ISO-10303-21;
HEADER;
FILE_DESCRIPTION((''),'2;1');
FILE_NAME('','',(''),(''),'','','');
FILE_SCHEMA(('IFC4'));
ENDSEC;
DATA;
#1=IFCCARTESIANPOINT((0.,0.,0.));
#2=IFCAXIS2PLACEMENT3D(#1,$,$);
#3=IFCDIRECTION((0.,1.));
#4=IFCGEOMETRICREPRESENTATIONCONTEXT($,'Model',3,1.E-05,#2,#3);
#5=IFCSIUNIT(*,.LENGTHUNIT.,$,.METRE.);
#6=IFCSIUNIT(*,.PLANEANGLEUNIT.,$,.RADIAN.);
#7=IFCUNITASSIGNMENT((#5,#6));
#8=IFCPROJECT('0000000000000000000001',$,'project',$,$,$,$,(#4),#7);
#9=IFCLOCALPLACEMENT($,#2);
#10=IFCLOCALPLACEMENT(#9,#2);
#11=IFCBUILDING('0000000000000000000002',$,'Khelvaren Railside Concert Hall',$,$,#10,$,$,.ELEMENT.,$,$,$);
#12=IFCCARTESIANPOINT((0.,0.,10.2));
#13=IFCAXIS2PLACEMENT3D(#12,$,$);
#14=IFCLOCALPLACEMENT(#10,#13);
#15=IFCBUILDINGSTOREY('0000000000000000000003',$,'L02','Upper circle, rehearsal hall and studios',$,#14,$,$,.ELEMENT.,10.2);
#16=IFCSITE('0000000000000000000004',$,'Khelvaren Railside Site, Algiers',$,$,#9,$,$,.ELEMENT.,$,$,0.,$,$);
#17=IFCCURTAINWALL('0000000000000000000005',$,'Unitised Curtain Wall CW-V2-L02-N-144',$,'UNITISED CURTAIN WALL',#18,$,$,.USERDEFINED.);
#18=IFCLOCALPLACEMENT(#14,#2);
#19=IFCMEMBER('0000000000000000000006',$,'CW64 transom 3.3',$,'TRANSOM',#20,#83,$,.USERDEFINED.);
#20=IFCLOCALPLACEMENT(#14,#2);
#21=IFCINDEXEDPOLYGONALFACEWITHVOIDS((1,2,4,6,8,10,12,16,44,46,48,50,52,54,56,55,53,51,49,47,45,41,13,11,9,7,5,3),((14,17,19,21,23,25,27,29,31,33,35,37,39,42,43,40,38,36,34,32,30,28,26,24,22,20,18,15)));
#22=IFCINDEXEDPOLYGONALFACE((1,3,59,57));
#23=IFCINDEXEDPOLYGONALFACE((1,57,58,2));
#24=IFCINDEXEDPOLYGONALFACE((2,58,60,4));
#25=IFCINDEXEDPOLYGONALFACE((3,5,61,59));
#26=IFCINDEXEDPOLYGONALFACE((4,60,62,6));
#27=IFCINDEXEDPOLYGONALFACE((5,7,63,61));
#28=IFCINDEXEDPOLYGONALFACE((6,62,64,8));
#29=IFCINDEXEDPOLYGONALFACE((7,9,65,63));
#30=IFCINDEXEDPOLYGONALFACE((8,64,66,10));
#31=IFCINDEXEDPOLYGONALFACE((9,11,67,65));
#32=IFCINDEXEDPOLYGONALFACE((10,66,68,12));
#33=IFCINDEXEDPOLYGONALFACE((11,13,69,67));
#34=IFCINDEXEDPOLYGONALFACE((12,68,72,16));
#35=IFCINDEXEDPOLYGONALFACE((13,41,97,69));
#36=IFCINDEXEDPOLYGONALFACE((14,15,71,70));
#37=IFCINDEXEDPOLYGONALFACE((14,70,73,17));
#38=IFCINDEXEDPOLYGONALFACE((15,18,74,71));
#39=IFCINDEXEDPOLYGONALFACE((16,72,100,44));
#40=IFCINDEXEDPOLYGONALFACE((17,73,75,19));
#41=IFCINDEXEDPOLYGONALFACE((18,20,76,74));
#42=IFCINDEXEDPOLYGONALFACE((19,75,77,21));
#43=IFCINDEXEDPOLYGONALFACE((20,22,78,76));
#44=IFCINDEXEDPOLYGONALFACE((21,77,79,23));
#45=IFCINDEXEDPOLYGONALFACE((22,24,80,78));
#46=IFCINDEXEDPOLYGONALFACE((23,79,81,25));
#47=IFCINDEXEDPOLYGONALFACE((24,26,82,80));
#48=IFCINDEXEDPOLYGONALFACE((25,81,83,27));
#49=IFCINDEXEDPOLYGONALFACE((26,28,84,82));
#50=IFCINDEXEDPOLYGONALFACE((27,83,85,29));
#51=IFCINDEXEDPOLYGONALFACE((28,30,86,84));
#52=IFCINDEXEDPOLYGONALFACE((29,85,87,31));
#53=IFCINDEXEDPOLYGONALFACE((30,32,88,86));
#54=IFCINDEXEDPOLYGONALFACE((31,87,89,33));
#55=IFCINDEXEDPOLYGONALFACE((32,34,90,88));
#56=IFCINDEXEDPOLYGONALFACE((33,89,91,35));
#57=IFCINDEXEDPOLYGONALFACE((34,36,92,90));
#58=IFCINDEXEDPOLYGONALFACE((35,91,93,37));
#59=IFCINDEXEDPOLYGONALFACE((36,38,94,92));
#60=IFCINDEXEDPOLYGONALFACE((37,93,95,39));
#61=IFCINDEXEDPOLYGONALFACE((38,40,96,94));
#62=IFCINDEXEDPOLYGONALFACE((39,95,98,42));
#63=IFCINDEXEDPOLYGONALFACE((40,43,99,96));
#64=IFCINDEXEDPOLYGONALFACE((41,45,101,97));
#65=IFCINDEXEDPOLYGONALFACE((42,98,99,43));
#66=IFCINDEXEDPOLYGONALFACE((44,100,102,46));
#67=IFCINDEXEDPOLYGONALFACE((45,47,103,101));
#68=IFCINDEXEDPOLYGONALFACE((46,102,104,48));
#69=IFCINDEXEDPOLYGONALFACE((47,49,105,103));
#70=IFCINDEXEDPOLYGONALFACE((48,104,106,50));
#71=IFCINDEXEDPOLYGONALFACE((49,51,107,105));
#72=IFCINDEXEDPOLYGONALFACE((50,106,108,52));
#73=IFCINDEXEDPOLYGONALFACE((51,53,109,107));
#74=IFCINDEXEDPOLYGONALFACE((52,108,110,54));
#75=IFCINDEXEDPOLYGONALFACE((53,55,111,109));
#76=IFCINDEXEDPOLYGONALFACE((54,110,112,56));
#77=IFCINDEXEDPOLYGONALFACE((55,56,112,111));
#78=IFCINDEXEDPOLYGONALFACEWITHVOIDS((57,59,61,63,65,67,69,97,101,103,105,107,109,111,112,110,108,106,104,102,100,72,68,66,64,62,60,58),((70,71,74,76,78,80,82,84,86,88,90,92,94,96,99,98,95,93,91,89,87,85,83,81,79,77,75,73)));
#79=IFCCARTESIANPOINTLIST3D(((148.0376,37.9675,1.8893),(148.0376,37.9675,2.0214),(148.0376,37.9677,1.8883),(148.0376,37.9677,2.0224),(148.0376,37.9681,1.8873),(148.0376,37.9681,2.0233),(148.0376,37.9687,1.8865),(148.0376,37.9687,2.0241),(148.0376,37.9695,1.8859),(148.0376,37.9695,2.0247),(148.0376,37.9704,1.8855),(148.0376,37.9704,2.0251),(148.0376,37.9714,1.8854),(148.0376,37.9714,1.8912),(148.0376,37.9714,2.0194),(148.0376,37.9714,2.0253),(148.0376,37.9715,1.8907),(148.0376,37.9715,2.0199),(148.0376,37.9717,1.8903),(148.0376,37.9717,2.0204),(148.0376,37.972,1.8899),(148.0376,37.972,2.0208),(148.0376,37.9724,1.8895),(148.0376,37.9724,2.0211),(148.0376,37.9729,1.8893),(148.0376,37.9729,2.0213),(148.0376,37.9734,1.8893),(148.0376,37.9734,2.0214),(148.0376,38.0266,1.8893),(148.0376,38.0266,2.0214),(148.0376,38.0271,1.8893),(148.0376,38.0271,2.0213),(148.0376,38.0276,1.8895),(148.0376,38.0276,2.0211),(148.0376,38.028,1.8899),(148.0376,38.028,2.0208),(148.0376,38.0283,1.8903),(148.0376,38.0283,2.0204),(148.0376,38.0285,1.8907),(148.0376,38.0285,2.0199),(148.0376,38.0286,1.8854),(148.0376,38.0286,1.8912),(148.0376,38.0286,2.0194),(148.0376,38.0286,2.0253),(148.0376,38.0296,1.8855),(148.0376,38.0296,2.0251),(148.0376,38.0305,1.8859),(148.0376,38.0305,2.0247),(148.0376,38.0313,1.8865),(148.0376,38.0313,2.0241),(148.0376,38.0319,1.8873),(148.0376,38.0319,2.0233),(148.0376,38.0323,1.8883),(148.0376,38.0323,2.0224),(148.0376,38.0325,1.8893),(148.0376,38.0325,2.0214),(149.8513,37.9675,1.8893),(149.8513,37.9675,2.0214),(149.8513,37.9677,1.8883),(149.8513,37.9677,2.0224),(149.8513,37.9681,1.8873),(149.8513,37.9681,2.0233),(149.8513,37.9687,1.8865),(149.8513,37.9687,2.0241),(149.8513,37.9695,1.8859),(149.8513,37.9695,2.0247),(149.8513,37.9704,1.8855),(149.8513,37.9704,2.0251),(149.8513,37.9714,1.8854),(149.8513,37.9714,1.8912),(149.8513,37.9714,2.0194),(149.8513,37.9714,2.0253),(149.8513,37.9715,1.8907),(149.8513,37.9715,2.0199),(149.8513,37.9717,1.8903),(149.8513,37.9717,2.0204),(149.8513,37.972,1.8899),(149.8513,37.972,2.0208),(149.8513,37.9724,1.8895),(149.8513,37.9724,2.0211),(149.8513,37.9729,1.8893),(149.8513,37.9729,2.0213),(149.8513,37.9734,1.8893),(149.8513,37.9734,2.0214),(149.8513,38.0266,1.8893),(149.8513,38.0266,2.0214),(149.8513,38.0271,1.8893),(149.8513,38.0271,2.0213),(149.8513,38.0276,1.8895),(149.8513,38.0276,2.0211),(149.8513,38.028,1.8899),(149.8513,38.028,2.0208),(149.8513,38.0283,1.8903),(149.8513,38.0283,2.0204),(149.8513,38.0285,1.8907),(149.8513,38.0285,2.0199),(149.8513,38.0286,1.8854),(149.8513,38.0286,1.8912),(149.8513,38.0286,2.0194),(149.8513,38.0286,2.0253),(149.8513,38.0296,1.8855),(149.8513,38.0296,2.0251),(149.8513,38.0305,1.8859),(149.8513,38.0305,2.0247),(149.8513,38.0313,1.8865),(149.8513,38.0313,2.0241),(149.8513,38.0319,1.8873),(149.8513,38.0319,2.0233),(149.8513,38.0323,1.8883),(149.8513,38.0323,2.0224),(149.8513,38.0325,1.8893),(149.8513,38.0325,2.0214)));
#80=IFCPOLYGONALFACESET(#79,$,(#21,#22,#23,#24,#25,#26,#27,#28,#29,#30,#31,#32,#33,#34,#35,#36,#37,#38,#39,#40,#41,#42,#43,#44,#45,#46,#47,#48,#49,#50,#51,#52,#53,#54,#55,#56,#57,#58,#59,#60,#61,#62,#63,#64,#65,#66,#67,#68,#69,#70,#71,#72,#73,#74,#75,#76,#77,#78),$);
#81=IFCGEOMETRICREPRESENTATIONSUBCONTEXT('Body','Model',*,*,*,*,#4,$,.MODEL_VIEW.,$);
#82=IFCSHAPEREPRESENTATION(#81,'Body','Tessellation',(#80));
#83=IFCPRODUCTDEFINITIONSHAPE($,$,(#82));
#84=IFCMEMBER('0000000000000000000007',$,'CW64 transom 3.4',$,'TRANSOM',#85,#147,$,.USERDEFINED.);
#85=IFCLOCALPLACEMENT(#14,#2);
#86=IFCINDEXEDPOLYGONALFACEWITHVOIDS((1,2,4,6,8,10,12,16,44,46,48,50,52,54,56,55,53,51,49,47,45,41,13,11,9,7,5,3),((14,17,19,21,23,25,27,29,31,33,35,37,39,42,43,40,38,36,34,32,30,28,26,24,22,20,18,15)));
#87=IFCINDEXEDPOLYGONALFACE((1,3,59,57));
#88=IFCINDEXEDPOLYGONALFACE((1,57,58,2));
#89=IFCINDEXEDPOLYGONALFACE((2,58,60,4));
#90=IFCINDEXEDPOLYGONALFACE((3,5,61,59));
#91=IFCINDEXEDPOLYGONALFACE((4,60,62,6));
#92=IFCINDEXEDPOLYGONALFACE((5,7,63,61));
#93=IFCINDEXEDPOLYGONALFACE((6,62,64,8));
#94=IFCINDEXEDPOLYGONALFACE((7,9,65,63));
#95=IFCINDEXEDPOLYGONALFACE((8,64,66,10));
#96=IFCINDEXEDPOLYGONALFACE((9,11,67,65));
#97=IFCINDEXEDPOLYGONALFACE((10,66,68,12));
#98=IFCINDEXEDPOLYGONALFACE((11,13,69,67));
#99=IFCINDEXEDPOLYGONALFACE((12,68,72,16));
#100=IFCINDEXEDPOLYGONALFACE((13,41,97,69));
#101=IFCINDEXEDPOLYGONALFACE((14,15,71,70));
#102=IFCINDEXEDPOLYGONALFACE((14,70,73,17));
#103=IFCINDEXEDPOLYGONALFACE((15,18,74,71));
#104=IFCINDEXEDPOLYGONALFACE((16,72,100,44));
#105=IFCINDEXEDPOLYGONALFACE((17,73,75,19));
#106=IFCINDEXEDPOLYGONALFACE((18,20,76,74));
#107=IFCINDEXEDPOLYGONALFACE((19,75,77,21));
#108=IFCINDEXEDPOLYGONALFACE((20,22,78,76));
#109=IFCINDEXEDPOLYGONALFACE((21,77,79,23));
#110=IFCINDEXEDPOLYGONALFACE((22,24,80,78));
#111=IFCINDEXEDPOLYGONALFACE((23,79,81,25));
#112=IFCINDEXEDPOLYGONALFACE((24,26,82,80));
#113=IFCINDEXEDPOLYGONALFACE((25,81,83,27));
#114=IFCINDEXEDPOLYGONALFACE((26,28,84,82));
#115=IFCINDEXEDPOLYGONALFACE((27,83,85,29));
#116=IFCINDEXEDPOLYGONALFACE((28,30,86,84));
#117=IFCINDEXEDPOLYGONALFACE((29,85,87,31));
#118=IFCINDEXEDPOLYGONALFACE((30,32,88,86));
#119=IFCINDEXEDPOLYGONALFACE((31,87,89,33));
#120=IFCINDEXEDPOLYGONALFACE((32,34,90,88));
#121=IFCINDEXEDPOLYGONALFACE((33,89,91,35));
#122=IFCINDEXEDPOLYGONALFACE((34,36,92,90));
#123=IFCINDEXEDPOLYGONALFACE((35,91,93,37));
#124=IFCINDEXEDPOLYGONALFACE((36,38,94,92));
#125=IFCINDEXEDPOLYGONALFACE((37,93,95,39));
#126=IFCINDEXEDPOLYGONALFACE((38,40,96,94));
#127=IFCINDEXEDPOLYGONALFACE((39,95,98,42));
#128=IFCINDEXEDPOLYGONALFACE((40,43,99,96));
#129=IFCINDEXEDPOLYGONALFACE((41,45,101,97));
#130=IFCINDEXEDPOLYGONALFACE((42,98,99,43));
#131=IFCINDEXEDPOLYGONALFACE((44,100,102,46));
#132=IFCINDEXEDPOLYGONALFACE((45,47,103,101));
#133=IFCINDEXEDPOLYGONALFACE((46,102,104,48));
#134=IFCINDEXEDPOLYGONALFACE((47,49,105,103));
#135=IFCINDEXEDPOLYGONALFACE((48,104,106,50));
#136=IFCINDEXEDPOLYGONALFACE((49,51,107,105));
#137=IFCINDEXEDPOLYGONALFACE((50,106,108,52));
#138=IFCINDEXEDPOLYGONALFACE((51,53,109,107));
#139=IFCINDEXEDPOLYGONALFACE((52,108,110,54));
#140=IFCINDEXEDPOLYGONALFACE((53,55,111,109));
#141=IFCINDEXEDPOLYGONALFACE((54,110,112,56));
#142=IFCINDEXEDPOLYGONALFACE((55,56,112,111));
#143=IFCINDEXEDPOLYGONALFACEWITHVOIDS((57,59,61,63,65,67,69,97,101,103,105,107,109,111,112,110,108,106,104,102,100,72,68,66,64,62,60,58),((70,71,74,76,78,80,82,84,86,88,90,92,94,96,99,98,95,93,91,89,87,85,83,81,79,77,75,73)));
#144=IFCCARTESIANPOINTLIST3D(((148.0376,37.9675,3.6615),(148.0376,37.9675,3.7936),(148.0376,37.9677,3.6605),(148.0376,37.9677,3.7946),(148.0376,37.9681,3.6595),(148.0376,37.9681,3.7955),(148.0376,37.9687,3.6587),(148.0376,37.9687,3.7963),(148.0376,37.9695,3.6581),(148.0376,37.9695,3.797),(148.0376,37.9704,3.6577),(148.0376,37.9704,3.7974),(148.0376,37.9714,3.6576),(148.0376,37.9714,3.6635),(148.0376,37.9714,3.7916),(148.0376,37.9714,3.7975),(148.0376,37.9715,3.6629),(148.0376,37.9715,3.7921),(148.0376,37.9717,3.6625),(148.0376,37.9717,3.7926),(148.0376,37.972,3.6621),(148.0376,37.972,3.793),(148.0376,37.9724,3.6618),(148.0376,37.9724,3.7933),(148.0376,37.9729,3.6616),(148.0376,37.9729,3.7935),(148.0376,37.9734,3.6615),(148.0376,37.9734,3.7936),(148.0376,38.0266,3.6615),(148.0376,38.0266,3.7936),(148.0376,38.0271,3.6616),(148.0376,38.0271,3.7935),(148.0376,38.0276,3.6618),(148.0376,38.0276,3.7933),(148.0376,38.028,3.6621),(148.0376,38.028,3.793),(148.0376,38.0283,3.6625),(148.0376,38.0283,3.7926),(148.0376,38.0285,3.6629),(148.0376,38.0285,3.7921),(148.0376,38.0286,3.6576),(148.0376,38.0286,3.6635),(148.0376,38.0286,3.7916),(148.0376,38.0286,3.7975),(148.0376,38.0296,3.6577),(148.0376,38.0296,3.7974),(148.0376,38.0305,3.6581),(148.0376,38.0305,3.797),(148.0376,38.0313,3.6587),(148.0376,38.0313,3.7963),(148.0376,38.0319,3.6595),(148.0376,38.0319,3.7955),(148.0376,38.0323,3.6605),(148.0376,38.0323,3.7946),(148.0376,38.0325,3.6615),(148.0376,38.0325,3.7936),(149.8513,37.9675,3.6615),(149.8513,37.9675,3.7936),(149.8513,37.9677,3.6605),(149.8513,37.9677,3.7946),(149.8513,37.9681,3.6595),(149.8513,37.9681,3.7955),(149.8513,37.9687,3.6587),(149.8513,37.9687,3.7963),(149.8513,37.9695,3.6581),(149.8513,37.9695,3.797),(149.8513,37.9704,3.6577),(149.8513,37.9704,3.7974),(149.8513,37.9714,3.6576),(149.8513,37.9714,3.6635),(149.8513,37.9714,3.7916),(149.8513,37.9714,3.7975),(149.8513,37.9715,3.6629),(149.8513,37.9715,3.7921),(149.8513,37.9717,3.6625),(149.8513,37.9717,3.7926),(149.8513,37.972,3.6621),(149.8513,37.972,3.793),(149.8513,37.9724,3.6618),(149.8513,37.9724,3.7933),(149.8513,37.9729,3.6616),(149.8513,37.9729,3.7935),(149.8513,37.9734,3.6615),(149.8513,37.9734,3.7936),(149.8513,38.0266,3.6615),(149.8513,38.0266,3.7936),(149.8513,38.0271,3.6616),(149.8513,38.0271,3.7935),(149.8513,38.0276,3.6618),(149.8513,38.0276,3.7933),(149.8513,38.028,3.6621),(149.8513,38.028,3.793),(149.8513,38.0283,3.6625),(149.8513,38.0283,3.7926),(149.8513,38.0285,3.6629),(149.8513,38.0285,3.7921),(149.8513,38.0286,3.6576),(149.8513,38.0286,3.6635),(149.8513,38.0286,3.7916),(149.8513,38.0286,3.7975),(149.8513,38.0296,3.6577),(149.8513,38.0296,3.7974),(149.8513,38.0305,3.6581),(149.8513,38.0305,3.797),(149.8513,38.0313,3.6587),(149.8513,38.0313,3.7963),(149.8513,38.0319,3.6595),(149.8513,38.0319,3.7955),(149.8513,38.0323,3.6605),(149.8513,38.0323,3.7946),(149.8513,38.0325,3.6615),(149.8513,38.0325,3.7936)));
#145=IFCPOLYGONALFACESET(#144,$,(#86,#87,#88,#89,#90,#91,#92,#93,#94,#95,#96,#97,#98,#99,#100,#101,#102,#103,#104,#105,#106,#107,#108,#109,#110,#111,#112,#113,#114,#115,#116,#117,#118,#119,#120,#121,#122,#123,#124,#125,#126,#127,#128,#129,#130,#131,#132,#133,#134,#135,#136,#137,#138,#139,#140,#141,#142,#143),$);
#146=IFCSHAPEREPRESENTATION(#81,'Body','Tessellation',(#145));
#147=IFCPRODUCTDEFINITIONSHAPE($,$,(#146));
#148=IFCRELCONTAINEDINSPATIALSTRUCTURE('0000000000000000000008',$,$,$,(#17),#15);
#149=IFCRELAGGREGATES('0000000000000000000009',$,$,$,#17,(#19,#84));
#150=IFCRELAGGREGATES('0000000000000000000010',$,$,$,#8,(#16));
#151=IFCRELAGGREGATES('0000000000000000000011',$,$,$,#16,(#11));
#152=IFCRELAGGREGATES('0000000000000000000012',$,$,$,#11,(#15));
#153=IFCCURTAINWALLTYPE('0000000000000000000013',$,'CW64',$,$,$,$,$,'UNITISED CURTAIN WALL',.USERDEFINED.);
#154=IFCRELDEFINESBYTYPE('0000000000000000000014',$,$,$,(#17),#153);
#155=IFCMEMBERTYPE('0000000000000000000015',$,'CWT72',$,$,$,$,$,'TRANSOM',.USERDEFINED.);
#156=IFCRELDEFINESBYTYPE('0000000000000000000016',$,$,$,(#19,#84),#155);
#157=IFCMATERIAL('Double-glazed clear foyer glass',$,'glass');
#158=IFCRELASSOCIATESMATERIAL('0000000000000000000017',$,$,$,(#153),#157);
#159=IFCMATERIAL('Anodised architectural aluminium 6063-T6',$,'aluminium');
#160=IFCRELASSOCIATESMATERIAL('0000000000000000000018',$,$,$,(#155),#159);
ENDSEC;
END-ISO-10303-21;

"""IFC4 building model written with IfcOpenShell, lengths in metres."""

from ifc_helpers import new_model, si_unit, direction, frame, origin, origin_2d, place, context, subcontext, project, spatial, hollow_rectangle, extrude, material, material_profile, profile_set, type_object, element, aggregate, save


model = new_model("IFC4")

# Units and contexts
model_context = context("Model", 3, precision=1e-05, world=origin(), true_north=direction((0.0, 1.0)))
body_context = subcontext(model_context, "Body", "Model", "MODEL_VIEW")
ifc_project = project(units=[si_unit("LENGTHUNIT", "METRE"), si_unit("PLANEANGLEUNIT", "RADIAN")], contexts=[model_context])

# Site, building, storey
site_placement = place(None, origin())
site = spatial("IfcSite", under=ifc_project, at=site_placement, Name="Khelvaren Railside Site, Algiers", CompositionType="ELEMENT", RefElevation=0.0)
building_placement = place(site_placement, origin())
building = spatial("IfcBuilding", under=site, at=building_placement, Name="Khelvaren Railside Concert Hall", CompositionType="ELEMENT")
storey_placement = place(building_placement, frame((0.0, 0.0, 10.2)))
storey = spatial("IfcBuildingStorey", under=building, at=storey_placement, Name="L02", Description="Upper circle, rehearsal hall and studios", CompositionType="ELEMENT", Elevation=10.2)

# Curtain wall, members
ifc_material_1 = material(Name="Double-glazed clear foyer glass", Category="glass")
curtain_wall_type = type_object("IfcCurtainWallType", Name="CW64", ElementType="UNITISED CURTAIN WALL", PredefinedType="USERDEFINED", material=ifc_material_1)
curtain_wall_placement = place(storey_placement, origin())
curtain_wall = element("IfcCurtainWall", 1, at=curtain_wall_placement, inside=storey, type_object=curtain_wall_type, Name="Unitised Curtain Wall CW-V2-L02-N-144", ObjectType="UNITISED CURTAIN WALL", PredefinedType="USERDEFINED")
ifc_material_2 = material(Name="Anodised architectural aluminium 6063-T6", Category="aluminium")
ifc_material_profile_1 = material_profile(ifc_material_2, hollow_rectangle(XDim=0.0649, YDim=0.1399, WallThickness=0.0039, InnerFilletRadius=0.002, OuterFilletRadius=0.0039, at=origin_2d()), Name="CWT 65x140x4")
ifc_profile_set_1 = profile_set([ifc_material_profile_1], Name="Anodised architectural aluminium 6063-T6")
member_type_1 = type_object("IfcMemberType", Name="CWT72", ElementType="TRANSOM", PredefinedType="USERDEFINED", material=ifc_profile_set_1)
member_1_placement = place(storey_placement, frame((148.0376, 38.0, 1.9553), z_axis=(1.0, 0.0, 0.0), x_axis=(0.0, 1.0, 0.0)))
member_1 = element("IfcMember", 2, at=member_1_placement, type_object=member_type_1, Name="CW64 transom 3.3", ObjectType="TRANSOM", PredefinedType="USERDEFINED", context=body_context, shape_type="SweptSolid", body=[
    extrude(hollow_rectangle(XDim=0.0649, YDim=0.1399, WallThickness=0.0039, InnerFilletRadius=0.002, OuterFilletRadius=0.0039, at=origin_2d()), origin(), (0.0, 0.0, 1.0), 1.8137),
])
member_2_placement = place(storey_placement, frame((148.0376, 38.0, 3.7275), z_axis=(1.0, 0.0, 0.0), x_axis=(0.0, 1.0, 0.0)))
member_2 = element("IfcMember", 3, at=member_2_placement, type_object=member_type_1, Name="CW64 transom 3.4", ObjectType="TRANSOM", PredefinedType="USERDEFINED", context=body_context, shape_type="SweptSolid", body=[
    extrude(hollow_rectangle(XDim=0.0649, YDim=0.1399, WallThickness=0.0039, InnerFilletRadius=0.002, OuterFilletRadius=0.0039, at=origin_2d()), origin(), (0.0, 0.0, 1.0), 1.8137),
])
aggregate(curtain_wall, [member_1, member_2])

save(model, "model.ifc")
